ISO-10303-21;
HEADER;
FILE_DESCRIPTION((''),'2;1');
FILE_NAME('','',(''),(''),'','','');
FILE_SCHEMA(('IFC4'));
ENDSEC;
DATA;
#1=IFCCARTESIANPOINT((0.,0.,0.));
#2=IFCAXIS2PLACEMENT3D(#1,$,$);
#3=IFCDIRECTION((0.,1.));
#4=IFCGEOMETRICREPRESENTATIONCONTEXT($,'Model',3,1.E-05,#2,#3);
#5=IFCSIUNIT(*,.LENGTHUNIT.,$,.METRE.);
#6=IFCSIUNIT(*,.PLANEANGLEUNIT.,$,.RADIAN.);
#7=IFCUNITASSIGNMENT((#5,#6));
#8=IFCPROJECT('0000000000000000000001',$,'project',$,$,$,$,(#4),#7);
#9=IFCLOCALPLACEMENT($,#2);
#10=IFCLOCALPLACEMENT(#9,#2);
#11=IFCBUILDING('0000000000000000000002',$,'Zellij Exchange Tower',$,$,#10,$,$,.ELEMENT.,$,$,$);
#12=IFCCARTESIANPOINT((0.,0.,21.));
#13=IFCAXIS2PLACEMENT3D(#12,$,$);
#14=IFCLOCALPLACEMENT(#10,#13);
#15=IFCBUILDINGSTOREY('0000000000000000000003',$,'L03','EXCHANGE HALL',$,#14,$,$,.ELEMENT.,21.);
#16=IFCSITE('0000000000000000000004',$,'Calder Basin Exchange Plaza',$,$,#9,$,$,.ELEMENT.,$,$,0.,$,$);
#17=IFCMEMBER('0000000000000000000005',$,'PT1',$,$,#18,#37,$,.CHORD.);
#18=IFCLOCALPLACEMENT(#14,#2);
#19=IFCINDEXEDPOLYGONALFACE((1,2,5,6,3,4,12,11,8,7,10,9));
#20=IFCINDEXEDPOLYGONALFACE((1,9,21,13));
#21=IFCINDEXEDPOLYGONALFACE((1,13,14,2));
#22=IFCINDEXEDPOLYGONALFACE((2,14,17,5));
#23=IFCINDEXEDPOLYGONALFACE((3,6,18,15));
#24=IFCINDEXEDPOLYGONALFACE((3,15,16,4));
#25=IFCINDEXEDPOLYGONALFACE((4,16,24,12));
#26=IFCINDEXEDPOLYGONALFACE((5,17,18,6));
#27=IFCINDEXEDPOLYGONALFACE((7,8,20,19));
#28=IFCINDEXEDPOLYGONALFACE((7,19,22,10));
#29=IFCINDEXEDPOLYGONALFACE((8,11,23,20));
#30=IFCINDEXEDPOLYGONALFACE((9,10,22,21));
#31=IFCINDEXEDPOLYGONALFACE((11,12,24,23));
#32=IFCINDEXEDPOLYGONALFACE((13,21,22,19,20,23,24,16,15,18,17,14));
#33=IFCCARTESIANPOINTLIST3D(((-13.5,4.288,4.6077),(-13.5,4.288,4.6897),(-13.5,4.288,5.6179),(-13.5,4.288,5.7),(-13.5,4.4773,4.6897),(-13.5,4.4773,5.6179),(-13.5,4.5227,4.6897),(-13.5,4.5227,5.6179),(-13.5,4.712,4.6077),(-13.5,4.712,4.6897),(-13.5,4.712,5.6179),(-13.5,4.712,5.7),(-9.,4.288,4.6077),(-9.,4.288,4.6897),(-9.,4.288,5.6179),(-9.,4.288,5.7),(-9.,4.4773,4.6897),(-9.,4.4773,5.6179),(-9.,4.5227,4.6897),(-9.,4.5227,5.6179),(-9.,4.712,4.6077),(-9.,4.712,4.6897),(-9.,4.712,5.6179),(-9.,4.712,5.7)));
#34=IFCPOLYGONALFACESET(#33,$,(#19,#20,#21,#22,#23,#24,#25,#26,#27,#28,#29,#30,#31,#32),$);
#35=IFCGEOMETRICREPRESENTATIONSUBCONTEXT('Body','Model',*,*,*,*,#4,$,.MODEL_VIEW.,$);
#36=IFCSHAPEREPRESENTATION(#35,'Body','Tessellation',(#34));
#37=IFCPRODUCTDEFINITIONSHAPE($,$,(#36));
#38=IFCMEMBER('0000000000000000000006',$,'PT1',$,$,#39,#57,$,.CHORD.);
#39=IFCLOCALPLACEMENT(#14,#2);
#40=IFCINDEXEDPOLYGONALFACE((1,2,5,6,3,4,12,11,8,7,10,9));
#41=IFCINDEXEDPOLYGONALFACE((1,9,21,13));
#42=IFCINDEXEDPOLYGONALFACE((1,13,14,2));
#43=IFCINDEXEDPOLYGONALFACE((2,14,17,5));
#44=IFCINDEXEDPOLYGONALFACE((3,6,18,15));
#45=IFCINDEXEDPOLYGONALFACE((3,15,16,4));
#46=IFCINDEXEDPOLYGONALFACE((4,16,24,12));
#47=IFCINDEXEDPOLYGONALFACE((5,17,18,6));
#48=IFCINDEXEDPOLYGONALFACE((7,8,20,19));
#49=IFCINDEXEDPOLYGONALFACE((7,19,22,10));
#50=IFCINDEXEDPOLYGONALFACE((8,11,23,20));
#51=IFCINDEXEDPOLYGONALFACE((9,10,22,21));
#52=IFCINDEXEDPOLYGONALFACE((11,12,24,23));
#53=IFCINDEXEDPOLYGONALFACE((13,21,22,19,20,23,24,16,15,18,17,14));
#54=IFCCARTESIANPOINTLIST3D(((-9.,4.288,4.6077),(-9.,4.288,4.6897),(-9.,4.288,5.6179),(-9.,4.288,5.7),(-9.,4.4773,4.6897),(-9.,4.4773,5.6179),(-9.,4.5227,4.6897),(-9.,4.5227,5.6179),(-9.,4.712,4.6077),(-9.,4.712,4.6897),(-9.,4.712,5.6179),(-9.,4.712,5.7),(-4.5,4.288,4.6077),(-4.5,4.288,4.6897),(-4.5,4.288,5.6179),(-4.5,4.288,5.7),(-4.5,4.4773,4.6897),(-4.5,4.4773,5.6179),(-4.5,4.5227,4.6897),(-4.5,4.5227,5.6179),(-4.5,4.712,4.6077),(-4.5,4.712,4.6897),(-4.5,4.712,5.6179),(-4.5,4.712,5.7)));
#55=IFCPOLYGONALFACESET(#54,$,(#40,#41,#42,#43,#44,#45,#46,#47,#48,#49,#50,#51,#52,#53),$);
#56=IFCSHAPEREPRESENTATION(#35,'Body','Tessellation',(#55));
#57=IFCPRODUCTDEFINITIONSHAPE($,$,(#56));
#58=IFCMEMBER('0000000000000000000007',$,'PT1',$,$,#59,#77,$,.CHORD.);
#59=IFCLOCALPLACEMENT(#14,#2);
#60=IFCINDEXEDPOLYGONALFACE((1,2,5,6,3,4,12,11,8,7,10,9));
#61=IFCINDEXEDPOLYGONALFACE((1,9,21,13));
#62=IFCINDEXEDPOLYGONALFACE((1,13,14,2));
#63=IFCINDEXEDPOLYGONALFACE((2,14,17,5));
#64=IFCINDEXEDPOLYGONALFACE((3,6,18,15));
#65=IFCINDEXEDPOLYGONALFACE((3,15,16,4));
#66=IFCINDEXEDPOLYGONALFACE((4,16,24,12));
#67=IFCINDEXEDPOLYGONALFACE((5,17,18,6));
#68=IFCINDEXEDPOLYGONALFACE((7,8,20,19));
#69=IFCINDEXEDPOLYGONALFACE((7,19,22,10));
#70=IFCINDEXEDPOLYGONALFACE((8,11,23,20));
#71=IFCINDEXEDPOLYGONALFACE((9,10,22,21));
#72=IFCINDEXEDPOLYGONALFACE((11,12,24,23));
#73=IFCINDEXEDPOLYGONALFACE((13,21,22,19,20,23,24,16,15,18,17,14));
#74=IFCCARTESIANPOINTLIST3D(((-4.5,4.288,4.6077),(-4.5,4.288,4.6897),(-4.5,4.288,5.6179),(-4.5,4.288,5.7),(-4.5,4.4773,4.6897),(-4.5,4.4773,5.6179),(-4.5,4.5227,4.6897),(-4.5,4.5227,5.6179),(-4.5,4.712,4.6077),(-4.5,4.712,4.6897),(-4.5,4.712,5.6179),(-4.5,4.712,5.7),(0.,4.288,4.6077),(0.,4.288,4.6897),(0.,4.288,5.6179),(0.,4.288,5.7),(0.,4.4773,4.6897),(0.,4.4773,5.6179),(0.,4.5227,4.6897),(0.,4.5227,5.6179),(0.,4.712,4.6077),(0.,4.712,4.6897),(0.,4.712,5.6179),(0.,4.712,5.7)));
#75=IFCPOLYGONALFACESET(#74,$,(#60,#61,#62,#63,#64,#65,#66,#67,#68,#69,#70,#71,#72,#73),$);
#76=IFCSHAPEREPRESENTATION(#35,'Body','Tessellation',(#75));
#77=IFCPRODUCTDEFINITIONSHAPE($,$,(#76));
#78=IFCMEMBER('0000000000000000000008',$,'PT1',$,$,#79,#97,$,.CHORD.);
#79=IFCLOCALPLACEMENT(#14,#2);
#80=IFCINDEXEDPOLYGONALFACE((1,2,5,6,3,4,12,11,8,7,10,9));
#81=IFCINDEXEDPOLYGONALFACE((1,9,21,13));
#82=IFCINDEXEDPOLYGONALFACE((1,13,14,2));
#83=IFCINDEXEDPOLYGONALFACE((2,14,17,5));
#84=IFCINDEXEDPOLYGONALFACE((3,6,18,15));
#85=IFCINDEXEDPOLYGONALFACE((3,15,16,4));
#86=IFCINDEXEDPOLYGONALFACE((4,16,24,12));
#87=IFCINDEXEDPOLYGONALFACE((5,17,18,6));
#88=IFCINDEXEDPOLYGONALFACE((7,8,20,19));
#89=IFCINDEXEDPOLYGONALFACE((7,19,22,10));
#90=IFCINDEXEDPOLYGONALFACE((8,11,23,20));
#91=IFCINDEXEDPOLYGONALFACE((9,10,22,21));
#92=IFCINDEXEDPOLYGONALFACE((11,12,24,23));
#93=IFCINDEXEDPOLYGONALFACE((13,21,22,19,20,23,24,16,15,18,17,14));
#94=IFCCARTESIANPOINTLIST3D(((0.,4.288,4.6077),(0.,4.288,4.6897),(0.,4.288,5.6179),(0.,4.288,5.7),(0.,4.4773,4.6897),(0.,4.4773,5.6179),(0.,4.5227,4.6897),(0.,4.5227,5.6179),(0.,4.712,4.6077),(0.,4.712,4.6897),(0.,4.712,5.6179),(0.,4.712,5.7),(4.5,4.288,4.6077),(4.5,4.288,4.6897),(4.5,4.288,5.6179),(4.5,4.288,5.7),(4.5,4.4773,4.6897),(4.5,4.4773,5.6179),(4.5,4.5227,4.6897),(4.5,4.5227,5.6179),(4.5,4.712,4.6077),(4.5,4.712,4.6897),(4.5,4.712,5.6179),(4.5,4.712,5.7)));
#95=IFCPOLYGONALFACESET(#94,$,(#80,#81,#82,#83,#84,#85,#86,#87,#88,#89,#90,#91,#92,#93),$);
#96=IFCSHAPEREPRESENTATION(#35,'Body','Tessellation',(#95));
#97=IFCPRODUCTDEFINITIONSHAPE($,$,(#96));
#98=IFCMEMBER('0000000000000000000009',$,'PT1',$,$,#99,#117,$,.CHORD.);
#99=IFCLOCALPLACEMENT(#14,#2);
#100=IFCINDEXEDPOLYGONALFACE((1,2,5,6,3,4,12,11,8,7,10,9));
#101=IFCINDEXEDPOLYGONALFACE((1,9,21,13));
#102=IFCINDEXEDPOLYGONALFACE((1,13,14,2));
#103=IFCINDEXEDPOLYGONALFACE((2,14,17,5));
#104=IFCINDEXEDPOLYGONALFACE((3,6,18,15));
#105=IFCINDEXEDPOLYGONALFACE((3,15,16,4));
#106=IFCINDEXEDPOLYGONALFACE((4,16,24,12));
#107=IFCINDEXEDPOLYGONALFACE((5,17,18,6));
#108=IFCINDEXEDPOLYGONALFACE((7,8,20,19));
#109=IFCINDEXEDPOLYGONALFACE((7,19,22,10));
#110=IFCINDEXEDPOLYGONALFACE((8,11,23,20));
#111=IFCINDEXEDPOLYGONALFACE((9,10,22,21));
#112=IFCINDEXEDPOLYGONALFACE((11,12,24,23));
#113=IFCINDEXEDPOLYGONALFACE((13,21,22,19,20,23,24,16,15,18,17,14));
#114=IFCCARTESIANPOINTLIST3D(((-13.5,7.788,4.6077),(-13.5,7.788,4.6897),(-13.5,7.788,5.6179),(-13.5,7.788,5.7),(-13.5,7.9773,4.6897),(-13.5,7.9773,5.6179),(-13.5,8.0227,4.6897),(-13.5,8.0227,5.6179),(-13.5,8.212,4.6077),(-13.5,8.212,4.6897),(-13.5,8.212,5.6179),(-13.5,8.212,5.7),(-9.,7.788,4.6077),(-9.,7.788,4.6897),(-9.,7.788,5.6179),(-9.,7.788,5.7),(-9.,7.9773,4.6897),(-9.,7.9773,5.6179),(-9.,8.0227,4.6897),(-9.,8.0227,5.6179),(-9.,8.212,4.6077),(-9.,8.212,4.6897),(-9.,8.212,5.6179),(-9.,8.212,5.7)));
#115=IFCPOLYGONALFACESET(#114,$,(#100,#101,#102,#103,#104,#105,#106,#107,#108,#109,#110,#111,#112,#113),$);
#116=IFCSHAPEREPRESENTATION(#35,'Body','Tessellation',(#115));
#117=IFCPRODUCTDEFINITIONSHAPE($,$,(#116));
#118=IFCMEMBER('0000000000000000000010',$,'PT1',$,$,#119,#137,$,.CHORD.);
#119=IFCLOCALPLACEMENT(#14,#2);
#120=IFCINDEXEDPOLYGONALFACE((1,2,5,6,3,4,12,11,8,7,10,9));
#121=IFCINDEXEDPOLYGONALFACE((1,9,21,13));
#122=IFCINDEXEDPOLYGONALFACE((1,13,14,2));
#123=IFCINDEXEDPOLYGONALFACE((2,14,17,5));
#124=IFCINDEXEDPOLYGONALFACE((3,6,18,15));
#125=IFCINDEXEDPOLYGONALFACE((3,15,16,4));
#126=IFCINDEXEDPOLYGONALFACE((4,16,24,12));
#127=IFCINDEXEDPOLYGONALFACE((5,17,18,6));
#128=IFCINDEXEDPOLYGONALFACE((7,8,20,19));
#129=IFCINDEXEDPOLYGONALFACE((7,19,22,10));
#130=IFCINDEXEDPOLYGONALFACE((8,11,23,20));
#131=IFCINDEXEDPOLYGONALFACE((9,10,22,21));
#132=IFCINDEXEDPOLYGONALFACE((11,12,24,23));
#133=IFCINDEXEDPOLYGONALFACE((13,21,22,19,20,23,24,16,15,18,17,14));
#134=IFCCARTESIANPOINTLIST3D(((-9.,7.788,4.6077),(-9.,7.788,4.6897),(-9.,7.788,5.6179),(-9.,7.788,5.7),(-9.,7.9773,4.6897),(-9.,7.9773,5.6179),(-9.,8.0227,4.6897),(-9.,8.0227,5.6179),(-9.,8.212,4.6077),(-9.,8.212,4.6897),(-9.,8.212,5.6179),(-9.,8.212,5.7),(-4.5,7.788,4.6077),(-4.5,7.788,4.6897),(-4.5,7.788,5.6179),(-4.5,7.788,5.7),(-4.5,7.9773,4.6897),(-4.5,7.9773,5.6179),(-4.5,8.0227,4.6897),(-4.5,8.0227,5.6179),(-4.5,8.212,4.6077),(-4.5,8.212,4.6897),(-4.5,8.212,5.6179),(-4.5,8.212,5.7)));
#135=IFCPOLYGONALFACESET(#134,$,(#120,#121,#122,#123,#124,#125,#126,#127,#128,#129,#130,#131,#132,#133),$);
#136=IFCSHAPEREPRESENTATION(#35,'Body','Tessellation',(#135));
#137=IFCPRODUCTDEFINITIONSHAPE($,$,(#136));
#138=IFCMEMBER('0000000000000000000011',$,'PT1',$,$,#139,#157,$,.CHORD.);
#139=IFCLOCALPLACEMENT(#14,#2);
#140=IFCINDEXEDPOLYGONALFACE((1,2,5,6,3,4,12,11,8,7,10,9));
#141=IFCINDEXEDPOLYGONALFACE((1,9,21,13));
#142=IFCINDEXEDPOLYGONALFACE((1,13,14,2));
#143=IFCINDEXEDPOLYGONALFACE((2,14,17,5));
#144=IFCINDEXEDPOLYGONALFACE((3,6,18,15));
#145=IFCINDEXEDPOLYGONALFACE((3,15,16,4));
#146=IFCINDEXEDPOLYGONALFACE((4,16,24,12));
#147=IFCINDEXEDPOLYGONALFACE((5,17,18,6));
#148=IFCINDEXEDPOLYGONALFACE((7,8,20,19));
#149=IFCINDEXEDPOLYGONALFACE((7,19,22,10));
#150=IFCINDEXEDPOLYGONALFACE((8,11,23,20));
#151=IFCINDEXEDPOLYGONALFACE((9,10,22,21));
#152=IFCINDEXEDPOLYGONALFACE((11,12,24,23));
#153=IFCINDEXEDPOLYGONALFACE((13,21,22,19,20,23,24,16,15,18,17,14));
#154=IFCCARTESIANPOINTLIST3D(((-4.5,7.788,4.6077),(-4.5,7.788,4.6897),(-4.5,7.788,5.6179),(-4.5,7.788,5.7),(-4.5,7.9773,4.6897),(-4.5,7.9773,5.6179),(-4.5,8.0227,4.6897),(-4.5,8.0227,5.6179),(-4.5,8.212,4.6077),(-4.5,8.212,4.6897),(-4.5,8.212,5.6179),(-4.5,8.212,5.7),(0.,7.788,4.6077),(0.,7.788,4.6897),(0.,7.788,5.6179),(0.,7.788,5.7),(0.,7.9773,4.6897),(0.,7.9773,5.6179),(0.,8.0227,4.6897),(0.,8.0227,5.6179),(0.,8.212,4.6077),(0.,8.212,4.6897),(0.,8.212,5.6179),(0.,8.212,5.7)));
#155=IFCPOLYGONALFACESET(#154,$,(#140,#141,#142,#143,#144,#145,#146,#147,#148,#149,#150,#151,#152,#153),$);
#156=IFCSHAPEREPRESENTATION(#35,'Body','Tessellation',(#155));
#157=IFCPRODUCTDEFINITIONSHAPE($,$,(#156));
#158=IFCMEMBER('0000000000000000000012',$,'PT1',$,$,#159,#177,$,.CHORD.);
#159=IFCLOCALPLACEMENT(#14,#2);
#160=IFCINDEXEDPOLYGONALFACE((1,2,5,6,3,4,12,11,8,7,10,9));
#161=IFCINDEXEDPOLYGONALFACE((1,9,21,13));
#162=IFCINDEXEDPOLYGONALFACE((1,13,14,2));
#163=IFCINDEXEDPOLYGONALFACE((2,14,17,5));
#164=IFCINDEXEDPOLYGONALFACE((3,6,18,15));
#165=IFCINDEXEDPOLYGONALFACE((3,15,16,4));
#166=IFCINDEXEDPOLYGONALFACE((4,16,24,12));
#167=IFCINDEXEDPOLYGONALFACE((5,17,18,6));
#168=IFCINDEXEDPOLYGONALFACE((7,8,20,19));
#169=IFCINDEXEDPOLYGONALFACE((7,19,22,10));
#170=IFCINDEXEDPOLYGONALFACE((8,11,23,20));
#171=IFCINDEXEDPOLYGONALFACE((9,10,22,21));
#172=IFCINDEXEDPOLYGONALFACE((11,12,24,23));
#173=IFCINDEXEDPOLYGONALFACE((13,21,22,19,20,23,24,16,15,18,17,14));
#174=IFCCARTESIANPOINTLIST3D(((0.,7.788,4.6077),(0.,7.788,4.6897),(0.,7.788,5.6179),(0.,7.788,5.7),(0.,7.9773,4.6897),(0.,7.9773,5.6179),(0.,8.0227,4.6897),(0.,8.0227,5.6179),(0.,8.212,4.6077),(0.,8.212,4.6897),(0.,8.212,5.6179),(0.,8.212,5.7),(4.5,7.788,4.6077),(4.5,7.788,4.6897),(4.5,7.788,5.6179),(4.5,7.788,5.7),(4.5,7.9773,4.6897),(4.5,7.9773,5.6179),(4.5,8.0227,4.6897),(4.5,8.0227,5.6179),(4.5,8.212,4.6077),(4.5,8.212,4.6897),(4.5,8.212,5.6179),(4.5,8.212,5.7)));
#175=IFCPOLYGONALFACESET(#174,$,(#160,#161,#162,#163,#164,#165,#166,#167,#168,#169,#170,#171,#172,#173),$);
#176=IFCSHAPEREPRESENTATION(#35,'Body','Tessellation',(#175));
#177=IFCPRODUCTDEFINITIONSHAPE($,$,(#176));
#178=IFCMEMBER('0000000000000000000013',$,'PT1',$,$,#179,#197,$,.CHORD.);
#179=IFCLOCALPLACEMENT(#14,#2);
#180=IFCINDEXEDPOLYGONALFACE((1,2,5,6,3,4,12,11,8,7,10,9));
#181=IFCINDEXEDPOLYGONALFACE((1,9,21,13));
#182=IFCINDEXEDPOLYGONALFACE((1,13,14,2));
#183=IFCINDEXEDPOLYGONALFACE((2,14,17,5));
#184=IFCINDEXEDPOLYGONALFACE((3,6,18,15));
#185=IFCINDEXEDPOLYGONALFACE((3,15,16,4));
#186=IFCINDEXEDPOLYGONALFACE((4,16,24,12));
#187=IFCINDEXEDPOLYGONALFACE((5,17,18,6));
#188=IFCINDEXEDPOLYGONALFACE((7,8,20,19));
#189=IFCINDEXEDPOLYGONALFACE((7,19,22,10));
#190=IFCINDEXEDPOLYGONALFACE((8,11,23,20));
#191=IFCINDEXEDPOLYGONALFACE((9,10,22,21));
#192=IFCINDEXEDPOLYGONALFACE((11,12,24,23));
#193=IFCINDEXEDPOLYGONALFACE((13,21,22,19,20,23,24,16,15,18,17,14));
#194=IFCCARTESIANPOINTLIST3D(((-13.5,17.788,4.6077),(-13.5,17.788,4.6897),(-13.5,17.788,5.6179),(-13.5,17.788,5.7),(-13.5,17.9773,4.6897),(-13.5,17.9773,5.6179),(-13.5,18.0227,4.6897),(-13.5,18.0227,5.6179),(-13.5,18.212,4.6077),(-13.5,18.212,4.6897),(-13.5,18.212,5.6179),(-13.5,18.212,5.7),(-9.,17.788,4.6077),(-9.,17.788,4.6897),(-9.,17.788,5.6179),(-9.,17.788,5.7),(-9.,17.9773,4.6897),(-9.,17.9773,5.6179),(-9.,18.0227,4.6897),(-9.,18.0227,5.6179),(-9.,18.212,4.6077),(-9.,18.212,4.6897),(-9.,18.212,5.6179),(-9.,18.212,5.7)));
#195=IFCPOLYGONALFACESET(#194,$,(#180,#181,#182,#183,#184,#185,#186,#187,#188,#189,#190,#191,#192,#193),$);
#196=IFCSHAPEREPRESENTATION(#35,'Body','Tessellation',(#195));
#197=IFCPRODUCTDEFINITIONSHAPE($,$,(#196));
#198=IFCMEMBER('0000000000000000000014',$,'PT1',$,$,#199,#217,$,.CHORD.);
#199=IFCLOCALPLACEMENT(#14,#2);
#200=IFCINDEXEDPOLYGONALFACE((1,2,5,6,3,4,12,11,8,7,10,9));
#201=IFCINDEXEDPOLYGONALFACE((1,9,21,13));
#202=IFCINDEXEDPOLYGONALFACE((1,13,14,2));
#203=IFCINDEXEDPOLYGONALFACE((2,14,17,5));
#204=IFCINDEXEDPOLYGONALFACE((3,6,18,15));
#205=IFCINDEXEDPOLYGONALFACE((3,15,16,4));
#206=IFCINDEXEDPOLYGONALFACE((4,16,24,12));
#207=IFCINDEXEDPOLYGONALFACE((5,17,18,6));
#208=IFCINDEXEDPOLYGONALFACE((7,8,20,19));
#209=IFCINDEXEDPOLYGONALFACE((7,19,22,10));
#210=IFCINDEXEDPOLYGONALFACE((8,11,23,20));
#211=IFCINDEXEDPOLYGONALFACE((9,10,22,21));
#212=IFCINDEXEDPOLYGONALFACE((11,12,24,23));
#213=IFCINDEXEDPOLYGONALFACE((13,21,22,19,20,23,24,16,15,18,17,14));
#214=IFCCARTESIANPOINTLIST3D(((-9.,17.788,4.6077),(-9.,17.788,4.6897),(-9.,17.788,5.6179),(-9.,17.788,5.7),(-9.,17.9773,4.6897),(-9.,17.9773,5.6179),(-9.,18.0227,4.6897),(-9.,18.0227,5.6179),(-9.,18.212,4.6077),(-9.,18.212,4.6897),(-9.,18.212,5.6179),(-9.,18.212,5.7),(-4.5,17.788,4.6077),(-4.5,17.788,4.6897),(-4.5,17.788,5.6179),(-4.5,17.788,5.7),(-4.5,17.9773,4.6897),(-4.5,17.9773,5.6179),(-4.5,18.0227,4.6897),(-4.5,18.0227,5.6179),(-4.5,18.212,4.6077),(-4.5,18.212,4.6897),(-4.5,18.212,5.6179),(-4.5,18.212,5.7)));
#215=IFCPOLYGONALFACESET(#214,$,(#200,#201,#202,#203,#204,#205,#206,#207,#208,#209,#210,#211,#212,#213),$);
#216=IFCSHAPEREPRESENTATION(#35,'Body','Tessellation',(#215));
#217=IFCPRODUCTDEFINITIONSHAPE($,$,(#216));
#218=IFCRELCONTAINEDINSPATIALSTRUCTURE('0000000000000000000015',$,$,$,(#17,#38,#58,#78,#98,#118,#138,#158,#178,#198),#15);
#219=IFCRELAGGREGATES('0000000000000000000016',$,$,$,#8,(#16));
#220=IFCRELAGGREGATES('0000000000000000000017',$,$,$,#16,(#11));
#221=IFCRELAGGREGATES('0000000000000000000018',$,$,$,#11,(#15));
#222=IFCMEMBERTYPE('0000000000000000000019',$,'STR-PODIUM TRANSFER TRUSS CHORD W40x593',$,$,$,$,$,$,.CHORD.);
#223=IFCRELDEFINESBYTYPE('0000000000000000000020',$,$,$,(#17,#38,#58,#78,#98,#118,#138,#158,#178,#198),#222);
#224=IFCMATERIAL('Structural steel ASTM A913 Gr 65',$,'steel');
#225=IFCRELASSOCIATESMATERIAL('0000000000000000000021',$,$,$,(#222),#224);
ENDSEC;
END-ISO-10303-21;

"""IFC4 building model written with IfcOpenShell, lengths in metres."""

from ifc_helpers import new_model, si_unit, direction, frame, origin, origin_2d, place, context, subcontext, project, spatial, i_section, extrude, material, material_profile, profile_set, type_object, element, save


model = new_model("IFC4")

# Units and contexts
model_context = context("Model", 3, precision=1e-05, world=origin(), true_north=direction((0.0, 1.0)))
body_context = subcontext(model_context, "Body", "Model", "MODEL_VIEW")
ifc_project = project(units=[si_unit("LENGTHUNIT", "METRE"), si_unit("PLANEANGLEUNIT", "RADIAN")], contexts=[model_context])

# Site, building, storey
site_placement = place(None, origin())
site = spatial("IfcSite", under=ifc_project, at=site_placement, Name="Calder Basin Exchange Plaza", CompositionType="ELEMENT", RefElevation=0.0)
building_placement = place(site_placement, origin())
building = spatial("IfcBuilding", under=site, at=building_placement, Name="Zellij Exchange Tower", CompositionType="ELEMENT")
storey_placement = place(building_placement, frame((0.0, 0.0, 21.0)))
storey = spatial("IfcBuildingStorey", under=building, at=storey_placement, Name="L03", Description="EXCHANGE HALL", CompositionType="ELEMENT", Elevation=21.0)

# Members
ifc_material_1 = material(Name="Structural steel ASTM A913 Gr 65", Category="steel")
ifc_material_profile = material_profile(ifc_material_1, i_section(OverallWidth=0.4241, OverallDepth=1.0923, WebThickness=0.0454, FlangeThickness=0.082, at=origin_2d()), Name="W40x593")
ifc_profile_set = profile_set([ifc_material_profile], Name="Structural steel ASTM A913 Gr 65")
member_type = type_object("IfcMemberType", Name="STR-PODIUM TRANSFER TRUSS CHORD W40x593", PredefinedType="CHORD", material=ifc_profile_set)
for number, where, z_axis, x_axis, name in (
    (1, (-13.5, 4.5, 5.1538), (1.0, 0.0, 0.0), (0.0, 1.0, 0.0), "PT1"),
    (2, (-9.0, 4.5, 5.1538), (1.0, 0.0, 0.0), (0.0, 1.0, 0.0), "PT1"),
    (3, (-4.5, 4.5, 5.1538), (1.0, 0.0, 0.0), (0.0, 1.0, 0.0), "PT1"),
    (4, (0.0, 4.5, 5.1538), (1.0, 0.0, 0.0), (0.0, 1.0, 0.0), "PT1"),
    (5, (-13.5, 8.0, 5.1538), (1.0, 0.0, 0.0), (0.0, 1.0, 0.0), "PT1"),
    (6, (-9.0, 8.0, 5.1538), (1.0, 0.0, 0.0), (0.0, 1.0, 0.0), "PT1"),
    (7, (-4.5, 8.0, 5.1538), (1.0, 0.0, 0.0), (0.0, 1.0, 0.0), "PT1"),
    (8, (0.0, 8.0, 5.1538), (1.0, 0.0, 0.0), (0.0, 1.0, 0.0), "PT1"),
    (9, (-13.5, 18.0, 5.1538), (1.0, 0.0, 0.0), (0.0, 1.0, 0.0), "PT1"),
    (10, (-9.0, 18.0, 5.1538), (1.0, 0.0, 0.0), (0.0, 1.0, 0.0), "PT1"),
):
    element("IfcMember", number, at=place(storey_placement, frame(where, z_axis=z_axis, x_axis=x_axis)), inside=storey, type_object=member_type, Name=name, PredefinedType="CHORD", context=body_context, shape_type="SweptSolid", body=[
        extrude(i_section(OverallWidth=0.4241, OverallDepth=1.0923, WebThickness=0.0454, FlangeThickness=0.082, at=origin_2d()), origin(), (0.0, 0.0, 1.0), 4.5),
    ])

save(model, "model.ifc")
